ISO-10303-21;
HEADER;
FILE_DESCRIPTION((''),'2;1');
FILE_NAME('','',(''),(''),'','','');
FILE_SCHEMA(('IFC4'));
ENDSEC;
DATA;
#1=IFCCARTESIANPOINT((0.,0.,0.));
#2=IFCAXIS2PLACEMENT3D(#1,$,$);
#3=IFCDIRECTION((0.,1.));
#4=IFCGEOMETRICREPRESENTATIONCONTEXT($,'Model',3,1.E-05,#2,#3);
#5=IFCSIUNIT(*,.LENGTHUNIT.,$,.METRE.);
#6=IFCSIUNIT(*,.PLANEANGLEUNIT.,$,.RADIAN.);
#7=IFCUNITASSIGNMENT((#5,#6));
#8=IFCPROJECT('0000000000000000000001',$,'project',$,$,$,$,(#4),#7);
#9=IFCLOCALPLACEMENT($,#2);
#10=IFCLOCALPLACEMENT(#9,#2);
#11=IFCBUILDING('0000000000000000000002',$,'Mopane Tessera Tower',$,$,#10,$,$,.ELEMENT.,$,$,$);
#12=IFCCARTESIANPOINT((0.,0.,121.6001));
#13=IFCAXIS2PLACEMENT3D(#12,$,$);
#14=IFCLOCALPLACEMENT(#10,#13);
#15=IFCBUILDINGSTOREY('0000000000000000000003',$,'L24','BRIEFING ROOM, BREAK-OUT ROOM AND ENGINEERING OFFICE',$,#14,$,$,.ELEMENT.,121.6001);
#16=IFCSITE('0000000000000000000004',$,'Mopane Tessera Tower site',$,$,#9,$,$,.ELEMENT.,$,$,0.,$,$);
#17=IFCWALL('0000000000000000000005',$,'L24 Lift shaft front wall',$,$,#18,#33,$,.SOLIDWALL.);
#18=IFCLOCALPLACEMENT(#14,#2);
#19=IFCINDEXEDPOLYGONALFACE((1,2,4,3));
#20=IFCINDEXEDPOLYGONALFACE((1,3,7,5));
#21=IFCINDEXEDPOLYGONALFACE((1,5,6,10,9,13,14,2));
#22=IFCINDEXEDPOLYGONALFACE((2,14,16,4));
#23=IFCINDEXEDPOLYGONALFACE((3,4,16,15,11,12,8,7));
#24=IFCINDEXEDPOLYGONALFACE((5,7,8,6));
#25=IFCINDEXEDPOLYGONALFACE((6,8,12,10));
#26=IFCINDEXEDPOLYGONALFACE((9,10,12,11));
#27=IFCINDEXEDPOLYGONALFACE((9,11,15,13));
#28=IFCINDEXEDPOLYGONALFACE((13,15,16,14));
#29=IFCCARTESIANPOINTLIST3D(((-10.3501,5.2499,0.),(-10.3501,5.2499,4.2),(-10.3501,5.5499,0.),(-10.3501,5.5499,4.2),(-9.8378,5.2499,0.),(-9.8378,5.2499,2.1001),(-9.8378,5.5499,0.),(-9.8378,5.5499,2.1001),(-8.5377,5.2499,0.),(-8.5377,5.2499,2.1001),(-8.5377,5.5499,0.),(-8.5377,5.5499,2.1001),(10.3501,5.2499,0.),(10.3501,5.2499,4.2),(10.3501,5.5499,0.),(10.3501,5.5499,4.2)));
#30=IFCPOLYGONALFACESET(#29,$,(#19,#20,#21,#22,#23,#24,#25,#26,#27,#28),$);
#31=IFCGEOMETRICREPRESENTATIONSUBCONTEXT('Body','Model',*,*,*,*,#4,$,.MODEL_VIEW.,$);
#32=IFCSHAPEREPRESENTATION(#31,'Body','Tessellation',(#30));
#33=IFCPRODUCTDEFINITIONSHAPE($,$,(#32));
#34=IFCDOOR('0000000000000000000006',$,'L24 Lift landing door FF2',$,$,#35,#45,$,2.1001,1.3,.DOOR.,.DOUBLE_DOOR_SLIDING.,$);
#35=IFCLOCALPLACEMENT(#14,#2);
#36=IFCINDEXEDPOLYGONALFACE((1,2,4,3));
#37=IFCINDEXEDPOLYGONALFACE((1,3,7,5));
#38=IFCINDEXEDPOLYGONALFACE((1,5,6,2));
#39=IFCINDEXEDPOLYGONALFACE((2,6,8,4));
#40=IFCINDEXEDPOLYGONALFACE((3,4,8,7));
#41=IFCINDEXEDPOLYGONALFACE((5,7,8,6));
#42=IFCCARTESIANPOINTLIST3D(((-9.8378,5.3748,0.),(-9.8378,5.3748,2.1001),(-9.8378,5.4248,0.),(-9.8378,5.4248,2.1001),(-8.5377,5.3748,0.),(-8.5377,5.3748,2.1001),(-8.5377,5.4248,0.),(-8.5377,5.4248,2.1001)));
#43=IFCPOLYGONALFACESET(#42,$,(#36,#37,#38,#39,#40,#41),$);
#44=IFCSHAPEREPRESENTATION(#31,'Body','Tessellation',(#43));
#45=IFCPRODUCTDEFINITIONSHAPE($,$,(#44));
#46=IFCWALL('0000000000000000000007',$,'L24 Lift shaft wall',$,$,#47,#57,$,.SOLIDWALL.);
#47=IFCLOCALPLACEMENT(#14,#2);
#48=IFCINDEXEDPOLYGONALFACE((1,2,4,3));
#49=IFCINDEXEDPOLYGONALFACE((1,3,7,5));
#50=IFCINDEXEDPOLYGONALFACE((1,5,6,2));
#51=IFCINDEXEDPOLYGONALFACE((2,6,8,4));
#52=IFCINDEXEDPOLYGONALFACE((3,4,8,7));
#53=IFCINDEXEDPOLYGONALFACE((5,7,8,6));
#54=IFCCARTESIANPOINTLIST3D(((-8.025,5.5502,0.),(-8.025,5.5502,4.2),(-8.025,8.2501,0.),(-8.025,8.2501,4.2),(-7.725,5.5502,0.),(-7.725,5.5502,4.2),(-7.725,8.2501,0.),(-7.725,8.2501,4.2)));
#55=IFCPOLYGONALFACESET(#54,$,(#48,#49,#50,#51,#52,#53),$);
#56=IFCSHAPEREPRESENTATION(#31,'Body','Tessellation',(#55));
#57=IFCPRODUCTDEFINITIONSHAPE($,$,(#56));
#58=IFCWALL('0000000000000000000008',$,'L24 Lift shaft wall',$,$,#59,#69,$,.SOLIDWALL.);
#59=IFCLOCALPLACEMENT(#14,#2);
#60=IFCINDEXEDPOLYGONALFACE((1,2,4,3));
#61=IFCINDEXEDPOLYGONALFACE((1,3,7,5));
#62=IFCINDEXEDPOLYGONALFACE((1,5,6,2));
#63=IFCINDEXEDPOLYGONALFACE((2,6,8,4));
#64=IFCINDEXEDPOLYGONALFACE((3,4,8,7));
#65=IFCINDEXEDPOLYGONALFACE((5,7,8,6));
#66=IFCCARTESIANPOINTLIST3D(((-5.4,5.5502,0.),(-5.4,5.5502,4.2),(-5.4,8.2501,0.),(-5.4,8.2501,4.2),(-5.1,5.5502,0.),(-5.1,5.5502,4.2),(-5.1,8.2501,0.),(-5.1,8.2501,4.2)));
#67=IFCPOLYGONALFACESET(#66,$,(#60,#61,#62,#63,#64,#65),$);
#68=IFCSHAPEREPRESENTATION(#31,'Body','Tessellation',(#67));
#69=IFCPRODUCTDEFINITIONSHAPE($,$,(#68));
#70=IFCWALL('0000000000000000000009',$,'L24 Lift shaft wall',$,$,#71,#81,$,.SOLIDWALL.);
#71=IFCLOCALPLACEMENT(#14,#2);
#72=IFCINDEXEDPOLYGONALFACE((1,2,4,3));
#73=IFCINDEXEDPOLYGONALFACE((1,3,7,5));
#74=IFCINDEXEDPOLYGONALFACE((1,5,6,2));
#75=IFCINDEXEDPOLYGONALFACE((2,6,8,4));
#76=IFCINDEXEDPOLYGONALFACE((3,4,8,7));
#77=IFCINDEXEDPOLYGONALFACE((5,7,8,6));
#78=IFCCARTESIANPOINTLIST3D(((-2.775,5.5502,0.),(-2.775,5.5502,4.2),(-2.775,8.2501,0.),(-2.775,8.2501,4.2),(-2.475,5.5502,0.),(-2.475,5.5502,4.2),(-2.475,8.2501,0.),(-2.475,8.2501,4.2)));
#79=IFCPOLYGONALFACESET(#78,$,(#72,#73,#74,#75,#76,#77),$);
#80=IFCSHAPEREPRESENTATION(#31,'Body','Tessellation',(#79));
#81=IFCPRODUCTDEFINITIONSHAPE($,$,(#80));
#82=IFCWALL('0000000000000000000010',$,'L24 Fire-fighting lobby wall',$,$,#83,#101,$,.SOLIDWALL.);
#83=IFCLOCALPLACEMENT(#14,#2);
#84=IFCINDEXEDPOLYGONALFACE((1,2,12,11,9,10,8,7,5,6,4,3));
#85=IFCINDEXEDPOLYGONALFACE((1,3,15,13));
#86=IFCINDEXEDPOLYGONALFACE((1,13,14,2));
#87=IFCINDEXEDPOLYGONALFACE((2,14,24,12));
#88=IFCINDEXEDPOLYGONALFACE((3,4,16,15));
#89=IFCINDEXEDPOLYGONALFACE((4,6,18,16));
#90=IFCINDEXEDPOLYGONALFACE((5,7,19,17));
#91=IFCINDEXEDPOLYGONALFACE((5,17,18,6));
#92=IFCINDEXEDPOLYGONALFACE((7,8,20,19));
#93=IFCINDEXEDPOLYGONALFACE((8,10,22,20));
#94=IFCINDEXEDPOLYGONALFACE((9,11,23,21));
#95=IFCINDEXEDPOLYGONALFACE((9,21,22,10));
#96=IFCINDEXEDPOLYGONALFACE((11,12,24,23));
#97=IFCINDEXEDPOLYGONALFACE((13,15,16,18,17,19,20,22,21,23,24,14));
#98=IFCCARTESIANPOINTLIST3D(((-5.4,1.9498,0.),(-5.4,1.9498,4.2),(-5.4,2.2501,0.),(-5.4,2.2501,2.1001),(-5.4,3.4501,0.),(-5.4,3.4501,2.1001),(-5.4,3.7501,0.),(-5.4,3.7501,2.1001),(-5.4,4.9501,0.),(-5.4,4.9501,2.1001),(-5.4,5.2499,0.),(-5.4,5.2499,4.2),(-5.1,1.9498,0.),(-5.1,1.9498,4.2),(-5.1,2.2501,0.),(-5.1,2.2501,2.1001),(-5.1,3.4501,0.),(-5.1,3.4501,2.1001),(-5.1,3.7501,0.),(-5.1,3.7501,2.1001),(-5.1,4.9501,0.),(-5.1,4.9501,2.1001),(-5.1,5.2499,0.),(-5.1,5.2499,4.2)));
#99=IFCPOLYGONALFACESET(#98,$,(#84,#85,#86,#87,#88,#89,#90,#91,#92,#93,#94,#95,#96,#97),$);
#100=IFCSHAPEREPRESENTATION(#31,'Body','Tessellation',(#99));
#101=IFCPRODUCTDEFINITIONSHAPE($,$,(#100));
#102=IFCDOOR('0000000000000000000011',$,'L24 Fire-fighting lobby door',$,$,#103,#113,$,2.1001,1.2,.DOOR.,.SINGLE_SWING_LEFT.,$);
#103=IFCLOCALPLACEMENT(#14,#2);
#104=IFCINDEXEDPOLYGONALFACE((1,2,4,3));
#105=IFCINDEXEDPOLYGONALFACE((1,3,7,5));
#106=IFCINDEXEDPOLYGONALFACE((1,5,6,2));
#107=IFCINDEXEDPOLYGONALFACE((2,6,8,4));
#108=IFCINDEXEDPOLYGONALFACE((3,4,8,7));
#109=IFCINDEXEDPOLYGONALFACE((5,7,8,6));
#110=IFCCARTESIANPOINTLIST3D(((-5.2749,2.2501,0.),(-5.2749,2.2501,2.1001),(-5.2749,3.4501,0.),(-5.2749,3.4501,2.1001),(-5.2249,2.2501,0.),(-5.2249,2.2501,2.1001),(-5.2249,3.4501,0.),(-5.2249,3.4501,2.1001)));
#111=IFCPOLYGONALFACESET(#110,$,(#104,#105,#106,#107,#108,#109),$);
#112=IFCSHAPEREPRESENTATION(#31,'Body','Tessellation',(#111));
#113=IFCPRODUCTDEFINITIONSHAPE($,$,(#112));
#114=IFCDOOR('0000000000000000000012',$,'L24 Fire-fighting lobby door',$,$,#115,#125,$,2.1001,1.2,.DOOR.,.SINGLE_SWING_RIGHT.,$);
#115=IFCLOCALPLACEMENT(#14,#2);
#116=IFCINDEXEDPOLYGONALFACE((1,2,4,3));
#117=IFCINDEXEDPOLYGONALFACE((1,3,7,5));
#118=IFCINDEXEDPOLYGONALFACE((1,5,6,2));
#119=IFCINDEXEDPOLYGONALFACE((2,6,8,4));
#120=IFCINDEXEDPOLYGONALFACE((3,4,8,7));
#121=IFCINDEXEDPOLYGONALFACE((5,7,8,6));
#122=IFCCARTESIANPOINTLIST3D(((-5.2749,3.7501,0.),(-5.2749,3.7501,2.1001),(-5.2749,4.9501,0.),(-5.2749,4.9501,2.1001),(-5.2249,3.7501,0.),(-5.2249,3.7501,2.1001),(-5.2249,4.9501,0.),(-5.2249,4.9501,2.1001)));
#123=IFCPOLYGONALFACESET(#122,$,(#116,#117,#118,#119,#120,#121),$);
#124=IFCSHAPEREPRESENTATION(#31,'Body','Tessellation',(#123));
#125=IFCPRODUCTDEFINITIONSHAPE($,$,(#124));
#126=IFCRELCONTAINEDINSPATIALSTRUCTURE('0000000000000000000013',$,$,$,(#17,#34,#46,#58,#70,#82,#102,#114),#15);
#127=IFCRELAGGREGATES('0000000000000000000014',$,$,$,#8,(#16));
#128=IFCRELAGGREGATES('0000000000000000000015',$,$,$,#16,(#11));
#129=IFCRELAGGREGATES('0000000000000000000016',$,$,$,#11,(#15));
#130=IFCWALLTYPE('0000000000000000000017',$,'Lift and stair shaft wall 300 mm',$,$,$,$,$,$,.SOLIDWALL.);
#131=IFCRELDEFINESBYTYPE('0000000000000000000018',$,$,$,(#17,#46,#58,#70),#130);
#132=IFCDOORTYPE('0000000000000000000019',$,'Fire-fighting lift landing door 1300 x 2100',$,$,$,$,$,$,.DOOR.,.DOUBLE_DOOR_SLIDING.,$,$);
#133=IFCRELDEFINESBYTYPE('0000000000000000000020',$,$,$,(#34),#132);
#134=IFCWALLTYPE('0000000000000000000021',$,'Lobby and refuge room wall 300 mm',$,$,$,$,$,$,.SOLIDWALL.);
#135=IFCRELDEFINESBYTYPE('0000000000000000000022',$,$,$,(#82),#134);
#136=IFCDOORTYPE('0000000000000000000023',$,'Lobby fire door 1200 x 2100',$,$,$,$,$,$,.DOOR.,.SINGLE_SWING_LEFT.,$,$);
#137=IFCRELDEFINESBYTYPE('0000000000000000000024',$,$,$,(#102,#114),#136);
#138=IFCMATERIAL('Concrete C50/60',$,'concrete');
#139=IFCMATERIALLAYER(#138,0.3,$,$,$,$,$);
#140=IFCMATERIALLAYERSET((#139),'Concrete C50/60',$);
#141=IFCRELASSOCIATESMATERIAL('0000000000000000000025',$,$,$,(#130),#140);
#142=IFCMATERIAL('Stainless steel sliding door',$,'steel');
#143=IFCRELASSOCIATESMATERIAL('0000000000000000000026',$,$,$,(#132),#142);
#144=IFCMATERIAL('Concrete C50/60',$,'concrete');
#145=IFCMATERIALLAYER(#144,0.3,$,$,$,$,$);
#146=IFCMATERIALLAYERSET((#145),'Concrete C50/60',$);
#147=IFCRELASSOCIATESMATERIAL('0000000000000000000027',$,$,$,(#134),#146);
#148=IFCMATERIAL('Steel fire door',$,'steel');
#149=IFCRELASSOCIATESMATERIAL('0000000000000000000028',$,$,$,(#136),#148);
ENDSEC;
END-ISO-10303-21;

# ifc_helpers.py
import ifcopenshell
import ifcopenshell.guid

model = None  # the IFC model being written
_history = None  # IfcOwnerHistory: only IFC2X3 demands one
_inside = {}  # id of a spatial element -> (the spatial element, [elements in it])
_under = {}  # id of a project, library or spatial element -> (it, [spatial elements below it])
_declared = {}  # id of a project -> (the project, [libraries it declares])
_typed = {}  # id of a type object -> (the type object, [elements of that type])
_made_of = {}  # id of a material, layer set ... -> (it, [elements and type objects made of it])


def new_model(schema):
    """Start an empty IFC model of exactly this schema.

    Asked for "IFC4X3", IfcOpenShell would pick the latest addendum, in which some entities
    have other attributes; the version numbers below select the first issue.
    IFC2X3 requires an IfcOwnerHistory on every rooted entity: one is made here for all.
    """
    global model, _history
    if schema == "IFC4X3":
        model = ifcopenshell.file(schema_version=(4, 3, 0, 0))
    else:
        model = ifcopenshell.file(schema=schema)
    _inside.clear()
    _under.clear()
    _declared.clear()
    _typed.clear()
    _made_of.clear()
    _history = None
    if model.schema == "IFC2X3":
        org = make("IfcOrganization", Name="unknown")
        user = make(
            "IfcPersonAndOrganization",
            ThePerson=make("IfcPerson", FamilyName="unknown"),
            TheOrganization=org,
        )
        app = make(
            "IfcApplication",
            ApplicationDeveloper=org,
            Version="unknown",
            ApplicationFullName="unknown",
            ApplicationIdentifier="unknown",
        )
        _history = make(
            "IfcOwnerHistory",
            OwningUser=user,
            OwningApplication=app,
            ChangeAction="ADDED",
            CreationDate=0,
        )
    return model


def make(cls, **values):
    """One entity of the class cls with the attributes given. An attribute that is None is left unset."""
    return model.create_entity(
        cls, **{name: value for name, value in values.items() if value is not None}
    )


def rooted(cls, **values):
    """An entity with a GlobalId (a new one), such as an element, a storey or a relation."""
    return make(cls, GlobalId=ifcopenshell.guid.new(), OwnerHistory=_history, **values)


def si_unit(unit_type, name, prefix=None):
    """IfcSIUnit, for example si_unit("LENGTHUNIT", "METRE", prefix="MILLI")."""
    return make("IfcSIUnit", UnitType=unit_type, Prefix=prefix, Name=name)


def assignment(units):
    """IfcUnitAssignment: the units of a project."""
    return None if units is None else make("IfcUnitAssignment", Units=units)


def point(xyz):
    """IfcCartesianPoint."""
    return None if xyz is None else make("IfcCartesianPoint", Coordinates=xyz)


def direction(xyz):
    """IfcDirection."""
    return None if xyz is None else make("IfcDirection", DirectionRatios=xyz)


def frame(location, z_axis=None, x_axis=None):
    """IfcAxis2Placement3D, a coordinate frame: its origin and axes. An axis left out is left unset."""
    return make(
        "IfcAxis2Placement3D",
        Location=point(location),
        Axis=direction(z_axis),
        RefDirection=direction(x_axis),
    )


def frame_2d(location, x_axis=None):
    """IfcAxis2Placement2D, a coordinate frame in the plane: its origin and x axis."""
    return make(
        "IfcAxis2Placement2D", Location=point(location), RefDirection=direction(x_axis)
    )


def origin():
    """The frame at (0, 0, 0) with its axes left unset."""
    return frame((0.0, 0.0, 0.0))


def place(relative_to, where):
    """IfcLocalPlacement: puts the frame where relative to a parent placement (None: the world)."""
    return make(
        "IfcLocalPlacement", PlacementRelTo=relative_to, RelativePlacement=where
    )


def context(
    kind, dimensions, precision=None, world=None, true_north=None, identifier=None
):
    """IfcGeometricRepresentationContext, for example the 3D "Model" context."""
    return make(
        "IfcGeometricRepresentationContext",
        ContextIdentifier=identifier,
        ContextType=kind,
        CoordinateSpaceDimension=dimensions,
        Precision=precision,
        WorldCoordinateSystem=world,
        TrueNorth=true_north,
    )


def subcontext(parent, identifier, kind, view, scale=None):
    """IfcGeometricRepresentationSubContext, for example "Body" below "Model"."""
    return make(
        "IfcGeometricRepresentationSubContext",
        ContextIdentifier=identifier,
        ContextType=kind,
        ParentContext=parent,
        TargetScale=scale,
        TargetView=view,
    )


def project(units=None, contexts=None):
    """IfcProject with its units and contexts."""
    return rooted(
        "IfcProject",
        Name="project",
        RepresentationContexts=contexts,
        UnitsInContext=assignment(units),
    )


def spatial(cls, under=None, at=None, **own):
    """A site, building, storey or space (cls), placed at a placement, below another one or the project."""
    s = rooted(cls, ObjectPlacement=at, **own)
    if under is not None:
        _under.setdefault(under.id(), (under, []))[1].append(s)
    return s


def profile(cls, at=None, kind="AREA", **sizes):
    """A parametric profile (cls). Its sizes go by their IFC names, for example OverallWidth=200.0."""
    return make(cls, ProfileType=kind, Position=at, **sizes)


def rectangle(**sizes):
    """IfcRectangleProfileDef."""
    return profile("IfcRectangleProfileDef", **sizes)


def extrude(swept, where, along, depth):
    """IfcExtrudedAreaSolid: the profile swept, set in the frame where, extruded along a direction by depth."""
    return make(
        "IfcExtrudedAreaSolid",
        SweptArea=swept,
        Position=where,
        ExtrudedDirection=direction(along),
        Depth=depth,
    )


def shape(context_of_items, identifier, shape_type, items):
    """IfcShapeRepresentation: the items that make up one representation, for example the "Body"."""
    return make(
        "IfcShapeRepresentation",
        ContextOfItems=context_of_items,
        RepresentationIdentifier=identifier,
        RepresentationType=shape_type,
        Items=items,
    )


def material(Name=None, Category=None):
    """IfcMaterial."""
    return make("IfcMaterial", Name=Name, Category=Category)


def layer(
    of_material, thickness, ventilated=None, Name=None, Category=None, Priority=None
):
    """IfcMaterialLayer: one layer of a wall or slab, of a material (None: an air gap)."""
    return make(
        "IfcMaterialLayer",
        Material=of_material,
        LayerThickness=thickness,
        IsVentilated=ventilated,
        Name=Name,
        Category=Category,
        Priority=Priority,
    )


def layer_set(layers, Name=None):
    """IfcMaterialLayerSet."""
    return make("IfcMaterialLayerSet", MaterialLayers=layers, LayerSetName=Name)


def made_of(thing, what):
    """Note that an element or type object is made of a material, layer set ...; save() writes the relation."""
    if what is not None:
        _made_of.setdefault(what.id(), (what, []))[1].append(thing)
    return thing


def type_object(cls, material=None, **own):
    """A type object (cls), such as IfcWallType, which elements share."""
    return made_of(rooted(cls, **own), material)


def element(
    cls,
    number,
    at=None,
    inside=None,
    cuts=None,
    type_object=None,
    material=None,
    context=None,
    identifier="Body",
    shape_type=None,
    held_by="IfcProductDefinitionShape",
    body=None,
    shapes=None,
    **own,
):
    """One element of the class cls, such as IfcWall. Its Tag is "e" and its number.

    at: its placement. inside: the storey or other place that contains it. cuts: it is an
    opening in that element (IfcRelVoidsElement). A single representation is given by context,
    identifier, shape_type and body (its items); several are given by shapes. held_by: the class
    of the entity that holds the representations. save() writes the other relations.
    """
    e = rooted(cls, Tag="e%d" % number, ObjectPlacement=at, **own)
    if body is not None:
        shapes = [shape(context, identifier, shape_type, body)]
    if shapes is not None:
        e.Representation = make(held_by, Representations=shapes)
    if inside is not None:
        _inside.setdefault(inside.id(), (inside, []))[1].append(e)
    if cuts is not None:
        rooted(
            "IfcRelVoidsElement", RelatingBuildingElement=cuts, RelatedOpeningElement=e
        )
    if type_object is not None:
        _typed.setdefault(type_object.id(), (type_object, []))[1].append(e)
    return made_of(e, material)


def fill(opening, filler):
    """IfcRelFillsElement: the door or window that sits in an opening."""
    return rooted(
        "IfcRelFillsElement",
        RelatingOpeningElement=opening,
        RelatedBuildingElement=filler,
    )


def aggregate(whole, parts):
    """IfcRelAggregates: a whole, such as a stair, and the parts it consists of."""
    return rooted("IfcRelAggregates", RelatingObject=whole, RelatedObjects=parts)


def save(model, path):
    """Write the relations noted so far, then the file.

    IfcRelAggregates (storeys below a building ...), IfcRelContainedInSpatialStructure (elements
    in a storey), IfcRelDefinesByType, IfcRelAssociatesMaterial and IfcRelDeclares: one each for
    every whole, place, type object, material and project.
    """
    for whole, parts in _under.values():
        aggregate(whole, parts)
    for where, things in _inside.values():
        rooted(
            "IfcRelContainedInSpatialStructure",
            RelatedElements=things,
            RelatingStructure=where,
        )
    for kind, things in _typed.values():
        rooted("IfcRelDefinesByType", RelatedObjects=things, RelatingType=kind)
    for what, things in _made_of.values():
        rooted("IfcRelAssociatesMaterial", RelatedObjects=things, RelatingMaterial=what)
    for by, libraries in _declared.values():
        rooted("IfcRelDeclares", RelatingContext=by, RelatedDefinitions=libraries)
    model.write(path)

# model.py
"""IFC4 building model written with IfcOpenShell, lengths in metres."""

from ifc_helpers import new_model, si_unit, direction, frame, frame_2d, origin, place, context, subcontext, project, spatial, rectangle, extrude, material, layer, layer_set, type_object, element, fill, save


model = new_model("IFC4")

# Units and contexts
model_context = context("Model", 3, precision=1e-05, world=origin(), true_north=direction((0.0, 1.0)))
body_context = subcontext(model_context, "Body", "Model", "MODEL_VIEW")
ifc_project = project(units=[si_unit("LENGTHUNIT", "METRE"), si_unit("PLANEANGLEUNIT", "RADIAN")], contexts=[model_context])

# Site, building, storey
site_placement = place(None, origin())
site = spatial("IfcSite", under=ifc_project, at=site_placement, Name="Mopane Tessera Tower site", CompositionType="ELEMENT", RefElevation=0.0)
building_placement = place(site_placement, origin())
building = spatial("IfcBuilding", under=site, at=building_placement, Name="Mopane Tessera Tower", CompositionType="ELEMENT")
storey_placement = place(building_placement, frame((0.0, 0.0, 121.6001)))
storey = spatial("IfcBuildingStorey", under=building, at=storey_placement, Name="L24", Description="BRIEFING ROOM, BREAK-OUT ROOM AND ENGINEERING OFFICE", CompositionType="ELEMENT", Elevation=121.6001)

# Shared definitions
ifc_material_1 = material(Name="Concrete C50/60", Category="concrete")
ifc_layer_1 = layer(ifc_material_1, 0.3)
ifc_layer_set_1 = layer_set([ifc_layer_1], Name="Concrete C50/60")
wall_type_1 = type_object("IfcWallType", Name="Lift and stair shaft wall 300 mm", PredefinedType="SOLIDWALL", material=ifc_layer_set_1)

# Shared definitions
ifc_material_2 = material(Name="Stainless steel sliding door", Category="steel")
door_type_1 = type_object("IfcDoorType", Name="Fire-fighting lift landing door 1300 x 2100", OperationType="DOUBLE_DOOR_SLIDING", PredefinedType="DOOR", material=ifc_material_2)

# Wall, opening, door
wall_1_placement = place(storey_placement, frame((-10.3501, 5.3999, 0.0), z_axis=(0.0, 0.0, 1.0), x_axis=(1.0, 0.0, 0.0)))
wall_1 = element("IfcWall", 1, at=wall_1_placement, inside=storey, type_object=wall_type_1, Name="L24 Lift shaft front wall", PredefinedType="SOLIDWALL", context=body_context, shape_type="SweptSolid", body=[
    extrude(rectangle(XDim=20.7002, YDim=0.3, at=frame_2d((10.3501, 0.0))), origin(), (0.0, 0.0, 1.0), 4.2),
])
opening_1_placement = place(wall_1_placement, frame((0.5125, 0.0, 0.0)))
opening_1 = element("IfcOpeningElement", 2, at=opening_1_placement, cuts=wall_1, PredefinedType="OPENING", context=body_context, shape_type="SweptSolid", body=[
    extrude(rectangle(XDim=1.3, YDim=2.1001, at=frame_2d((0.6499, 1.05))), frame((0.0, 0.1621, 0.0), z_axis=(0.0, -1.0, 0.0), x_axis=(1.0, 0.0, 0.0)), (0.0, 0.0, 1.0), 0.324),
])
door_1_placement = place(opening_1_placement, origin())
door_1 = element("IfcDoor", 3, at=door_1_placement, inside=storey, type_object=door_type_1, Name="L24 Lift landing door FF2", OperationType="DOUBLE_DOOR_SLIDING", OverallHeight=2.1001, OverallWidth=1.3, PredefinedType="DOOR", context=body_context, shape_type="SweptSolid", body=[
    extrude(rectangle(XDim=1.3, YDim=2.1001, at=frame_2d((0.6499, 1.05))), frame((0.0, 0.0249, 0.0), z_axis=(0.0, -1.0, 0.0), x_axis=(1.0, 0.0, 0.0)), (0.0, 0.0, 1.0), 0.05),
])
fill(opening_1, door_1)

# Walls
for number, where, z_axis, x_axis, name in (
    (4, (-7.875, 5.55, 0.0), (0.0, 0.0, 1.0), (0.0, 1.0, 0.0), "L24 Lift shaft wall"),
    (5, (-5.25, 5.55, 0.0), (0.0, 0.0, 1.0), (0.0, 1.0, 0.0), "L24 Lift shaft wall"),
    (6, (-2.625, 5.55, 0.0), (0.0, 0.0, 1.0), (0.0, 1.0, 0.0), "L24 Lift shaft wall"),
):
    element("IfcWall", number, at=place(storey_placement, frame(where, z_axis=z_axis, x_axis=x_axis)), inside=storey, type_object=wall_type_1, Name=name, PredefinedType="SOLIDWALL", context=body_context, shape_type="SweptSolid", body=[
        extrude(rectangle(XDim=2.7, YDim=0.3, at=frame_2d((1.3501, 0.0))), origin(), (0.0, 0.0, 1.0), 4.2),
    ])

# Wall, openings, doors
ifc_material_3 = material(Name="Concrete C50/60", Category="concrete")
ifc_layer_2 = layer(ifc_material_3, 0.3)
ifc_layer_set_2 = layer_set([ifc_layer_2], Name="Concrete C50/60")
wall_type_2 = type_object("IfcWallType", Name="Lobby and refuge room wall 300 mm", PredefinedType="SOLIDWALL", material=ifc_layer_set_2)
wall_2_placement = place(storey_placement, frame((-5.25, 1.95, 0.0), z_axis=(0.0, 0.0, 1.0), x_axis=(0.0, 1.0, 0.0)))
wall_2 = element("IfcWall", 7, at=wall_2_placement, inside=storey, type_object=wall_type_2, Name="L24 Fire-fighting lobby wall", PredefinedType="SOLIDWALL", context=body_context, shape_type="SweptSolid", body=[
    extrude(rectangle(XDim=3.3, YDim=0.3, at=frame_2d((1.6499, 0.0))), origin(), (0.0, 0.0, 1.0), 4.2),
])
opening_2_placement = place(wall_2_placement, frame((0.3, 0.0, 0.0)))
opening_2 = element("IfcOpeningElement", 8, at=opening_2_placement, cuts=wall_2, PredefinedType="OPENING", context=body_context, shape_type="SweptSolid", body=[
    extrude(rectangle(XDim=1.2, YDim=2.1001, at=frame_2d((0.6001, 1.05))), frame((0.0, 0.1621, 0.0), z_axis=(0.0, -1.0, 0.0), x_axis=(1.0, 0.0, 0.0)), (0.0, 0.0, 1.0), 0.324),
])
opening_3_placement = place(wall_2_placement, frame((1.8, 0.0, 0.0)))
opening_3 = element("IfcOpeningElement", 9, at=opening_3_placement, cuts=wall_2, PredefinedType="OPENING", context=body_context, shape_type="SweptSolid", body=[
    extrude(rectangle(XDim=1.2, YDim=2.1001, at=frame_2d((0.6001, 1.05))), frame((0.0, 0.1621, 0.0), z_axis=(0.0, -1.0, 0.0), x_axis=(1.0, 0.0, 0.0)), (0.0, 0.0, 1.0), 0.324),
])
ifc_material_4 = material(Name="Steel fire door", Category="steel")
door_type_2 = type_object("IfcDoorType", Name="Lobby fire door 1200 x 2100", OperationType="SINGLE_SWING_LEFT", PredefinedType="DOOR", material=ifc_material_4)
door_2_placement = place(opening_2_placement, origin())
door_2 = element("IfcDoor", 10, at=door_2_placement, inside=storey, type_object=door_type_2, Name="L24 Fire-fighting lobby door", OperationType="SINGLE_SWING_LEFT", OverallHeight=2.1001, OverallWidth=1.2, PredefinedType="DOOR", context=body_context, shape_type="SweptSolid", body=[
    extrude(rectangle(XDim=1.2, YDim=2.1001, at=frame_2d((0.6001, 1.05))), frame((0.0, 0.0249, 0.0), z_axis=(0.0, -1.0, 0.0), x_axis=(1.0, 0.0, 0.0)), (0.0, 0.0, 1.0), 0.05),
])
fill(opening_2, door_2)
door_3_placement = place(opening_3_placement, origin())
door_3 = element("IfcDoor", 11, at=door_3_placement, inside=storey, type_object=door_type_2, Name="L24 Fire-fighting lobby door", OperationType="SINGLE_SWING_RIGHT", OverallHeight=2.1001, OverallWidth=1.2, PredefinedType="DOOR", context=body_context, shape_type="SweptSolid", body=[
    extrude(rectangle(XDim=1.2, YDim=2.1001, at=frame_2d((0.6001, 1.05))), frame((0.0, 0.0249, 0.0), z_axis=(0.0, -1.0, 0.0), x_axis=(1.0, 0.0, 0.0)), (0.0, 0.0, 1.0), 0.05),
])
fill(opening_3, door_3)

save(model, "model.ifc")
